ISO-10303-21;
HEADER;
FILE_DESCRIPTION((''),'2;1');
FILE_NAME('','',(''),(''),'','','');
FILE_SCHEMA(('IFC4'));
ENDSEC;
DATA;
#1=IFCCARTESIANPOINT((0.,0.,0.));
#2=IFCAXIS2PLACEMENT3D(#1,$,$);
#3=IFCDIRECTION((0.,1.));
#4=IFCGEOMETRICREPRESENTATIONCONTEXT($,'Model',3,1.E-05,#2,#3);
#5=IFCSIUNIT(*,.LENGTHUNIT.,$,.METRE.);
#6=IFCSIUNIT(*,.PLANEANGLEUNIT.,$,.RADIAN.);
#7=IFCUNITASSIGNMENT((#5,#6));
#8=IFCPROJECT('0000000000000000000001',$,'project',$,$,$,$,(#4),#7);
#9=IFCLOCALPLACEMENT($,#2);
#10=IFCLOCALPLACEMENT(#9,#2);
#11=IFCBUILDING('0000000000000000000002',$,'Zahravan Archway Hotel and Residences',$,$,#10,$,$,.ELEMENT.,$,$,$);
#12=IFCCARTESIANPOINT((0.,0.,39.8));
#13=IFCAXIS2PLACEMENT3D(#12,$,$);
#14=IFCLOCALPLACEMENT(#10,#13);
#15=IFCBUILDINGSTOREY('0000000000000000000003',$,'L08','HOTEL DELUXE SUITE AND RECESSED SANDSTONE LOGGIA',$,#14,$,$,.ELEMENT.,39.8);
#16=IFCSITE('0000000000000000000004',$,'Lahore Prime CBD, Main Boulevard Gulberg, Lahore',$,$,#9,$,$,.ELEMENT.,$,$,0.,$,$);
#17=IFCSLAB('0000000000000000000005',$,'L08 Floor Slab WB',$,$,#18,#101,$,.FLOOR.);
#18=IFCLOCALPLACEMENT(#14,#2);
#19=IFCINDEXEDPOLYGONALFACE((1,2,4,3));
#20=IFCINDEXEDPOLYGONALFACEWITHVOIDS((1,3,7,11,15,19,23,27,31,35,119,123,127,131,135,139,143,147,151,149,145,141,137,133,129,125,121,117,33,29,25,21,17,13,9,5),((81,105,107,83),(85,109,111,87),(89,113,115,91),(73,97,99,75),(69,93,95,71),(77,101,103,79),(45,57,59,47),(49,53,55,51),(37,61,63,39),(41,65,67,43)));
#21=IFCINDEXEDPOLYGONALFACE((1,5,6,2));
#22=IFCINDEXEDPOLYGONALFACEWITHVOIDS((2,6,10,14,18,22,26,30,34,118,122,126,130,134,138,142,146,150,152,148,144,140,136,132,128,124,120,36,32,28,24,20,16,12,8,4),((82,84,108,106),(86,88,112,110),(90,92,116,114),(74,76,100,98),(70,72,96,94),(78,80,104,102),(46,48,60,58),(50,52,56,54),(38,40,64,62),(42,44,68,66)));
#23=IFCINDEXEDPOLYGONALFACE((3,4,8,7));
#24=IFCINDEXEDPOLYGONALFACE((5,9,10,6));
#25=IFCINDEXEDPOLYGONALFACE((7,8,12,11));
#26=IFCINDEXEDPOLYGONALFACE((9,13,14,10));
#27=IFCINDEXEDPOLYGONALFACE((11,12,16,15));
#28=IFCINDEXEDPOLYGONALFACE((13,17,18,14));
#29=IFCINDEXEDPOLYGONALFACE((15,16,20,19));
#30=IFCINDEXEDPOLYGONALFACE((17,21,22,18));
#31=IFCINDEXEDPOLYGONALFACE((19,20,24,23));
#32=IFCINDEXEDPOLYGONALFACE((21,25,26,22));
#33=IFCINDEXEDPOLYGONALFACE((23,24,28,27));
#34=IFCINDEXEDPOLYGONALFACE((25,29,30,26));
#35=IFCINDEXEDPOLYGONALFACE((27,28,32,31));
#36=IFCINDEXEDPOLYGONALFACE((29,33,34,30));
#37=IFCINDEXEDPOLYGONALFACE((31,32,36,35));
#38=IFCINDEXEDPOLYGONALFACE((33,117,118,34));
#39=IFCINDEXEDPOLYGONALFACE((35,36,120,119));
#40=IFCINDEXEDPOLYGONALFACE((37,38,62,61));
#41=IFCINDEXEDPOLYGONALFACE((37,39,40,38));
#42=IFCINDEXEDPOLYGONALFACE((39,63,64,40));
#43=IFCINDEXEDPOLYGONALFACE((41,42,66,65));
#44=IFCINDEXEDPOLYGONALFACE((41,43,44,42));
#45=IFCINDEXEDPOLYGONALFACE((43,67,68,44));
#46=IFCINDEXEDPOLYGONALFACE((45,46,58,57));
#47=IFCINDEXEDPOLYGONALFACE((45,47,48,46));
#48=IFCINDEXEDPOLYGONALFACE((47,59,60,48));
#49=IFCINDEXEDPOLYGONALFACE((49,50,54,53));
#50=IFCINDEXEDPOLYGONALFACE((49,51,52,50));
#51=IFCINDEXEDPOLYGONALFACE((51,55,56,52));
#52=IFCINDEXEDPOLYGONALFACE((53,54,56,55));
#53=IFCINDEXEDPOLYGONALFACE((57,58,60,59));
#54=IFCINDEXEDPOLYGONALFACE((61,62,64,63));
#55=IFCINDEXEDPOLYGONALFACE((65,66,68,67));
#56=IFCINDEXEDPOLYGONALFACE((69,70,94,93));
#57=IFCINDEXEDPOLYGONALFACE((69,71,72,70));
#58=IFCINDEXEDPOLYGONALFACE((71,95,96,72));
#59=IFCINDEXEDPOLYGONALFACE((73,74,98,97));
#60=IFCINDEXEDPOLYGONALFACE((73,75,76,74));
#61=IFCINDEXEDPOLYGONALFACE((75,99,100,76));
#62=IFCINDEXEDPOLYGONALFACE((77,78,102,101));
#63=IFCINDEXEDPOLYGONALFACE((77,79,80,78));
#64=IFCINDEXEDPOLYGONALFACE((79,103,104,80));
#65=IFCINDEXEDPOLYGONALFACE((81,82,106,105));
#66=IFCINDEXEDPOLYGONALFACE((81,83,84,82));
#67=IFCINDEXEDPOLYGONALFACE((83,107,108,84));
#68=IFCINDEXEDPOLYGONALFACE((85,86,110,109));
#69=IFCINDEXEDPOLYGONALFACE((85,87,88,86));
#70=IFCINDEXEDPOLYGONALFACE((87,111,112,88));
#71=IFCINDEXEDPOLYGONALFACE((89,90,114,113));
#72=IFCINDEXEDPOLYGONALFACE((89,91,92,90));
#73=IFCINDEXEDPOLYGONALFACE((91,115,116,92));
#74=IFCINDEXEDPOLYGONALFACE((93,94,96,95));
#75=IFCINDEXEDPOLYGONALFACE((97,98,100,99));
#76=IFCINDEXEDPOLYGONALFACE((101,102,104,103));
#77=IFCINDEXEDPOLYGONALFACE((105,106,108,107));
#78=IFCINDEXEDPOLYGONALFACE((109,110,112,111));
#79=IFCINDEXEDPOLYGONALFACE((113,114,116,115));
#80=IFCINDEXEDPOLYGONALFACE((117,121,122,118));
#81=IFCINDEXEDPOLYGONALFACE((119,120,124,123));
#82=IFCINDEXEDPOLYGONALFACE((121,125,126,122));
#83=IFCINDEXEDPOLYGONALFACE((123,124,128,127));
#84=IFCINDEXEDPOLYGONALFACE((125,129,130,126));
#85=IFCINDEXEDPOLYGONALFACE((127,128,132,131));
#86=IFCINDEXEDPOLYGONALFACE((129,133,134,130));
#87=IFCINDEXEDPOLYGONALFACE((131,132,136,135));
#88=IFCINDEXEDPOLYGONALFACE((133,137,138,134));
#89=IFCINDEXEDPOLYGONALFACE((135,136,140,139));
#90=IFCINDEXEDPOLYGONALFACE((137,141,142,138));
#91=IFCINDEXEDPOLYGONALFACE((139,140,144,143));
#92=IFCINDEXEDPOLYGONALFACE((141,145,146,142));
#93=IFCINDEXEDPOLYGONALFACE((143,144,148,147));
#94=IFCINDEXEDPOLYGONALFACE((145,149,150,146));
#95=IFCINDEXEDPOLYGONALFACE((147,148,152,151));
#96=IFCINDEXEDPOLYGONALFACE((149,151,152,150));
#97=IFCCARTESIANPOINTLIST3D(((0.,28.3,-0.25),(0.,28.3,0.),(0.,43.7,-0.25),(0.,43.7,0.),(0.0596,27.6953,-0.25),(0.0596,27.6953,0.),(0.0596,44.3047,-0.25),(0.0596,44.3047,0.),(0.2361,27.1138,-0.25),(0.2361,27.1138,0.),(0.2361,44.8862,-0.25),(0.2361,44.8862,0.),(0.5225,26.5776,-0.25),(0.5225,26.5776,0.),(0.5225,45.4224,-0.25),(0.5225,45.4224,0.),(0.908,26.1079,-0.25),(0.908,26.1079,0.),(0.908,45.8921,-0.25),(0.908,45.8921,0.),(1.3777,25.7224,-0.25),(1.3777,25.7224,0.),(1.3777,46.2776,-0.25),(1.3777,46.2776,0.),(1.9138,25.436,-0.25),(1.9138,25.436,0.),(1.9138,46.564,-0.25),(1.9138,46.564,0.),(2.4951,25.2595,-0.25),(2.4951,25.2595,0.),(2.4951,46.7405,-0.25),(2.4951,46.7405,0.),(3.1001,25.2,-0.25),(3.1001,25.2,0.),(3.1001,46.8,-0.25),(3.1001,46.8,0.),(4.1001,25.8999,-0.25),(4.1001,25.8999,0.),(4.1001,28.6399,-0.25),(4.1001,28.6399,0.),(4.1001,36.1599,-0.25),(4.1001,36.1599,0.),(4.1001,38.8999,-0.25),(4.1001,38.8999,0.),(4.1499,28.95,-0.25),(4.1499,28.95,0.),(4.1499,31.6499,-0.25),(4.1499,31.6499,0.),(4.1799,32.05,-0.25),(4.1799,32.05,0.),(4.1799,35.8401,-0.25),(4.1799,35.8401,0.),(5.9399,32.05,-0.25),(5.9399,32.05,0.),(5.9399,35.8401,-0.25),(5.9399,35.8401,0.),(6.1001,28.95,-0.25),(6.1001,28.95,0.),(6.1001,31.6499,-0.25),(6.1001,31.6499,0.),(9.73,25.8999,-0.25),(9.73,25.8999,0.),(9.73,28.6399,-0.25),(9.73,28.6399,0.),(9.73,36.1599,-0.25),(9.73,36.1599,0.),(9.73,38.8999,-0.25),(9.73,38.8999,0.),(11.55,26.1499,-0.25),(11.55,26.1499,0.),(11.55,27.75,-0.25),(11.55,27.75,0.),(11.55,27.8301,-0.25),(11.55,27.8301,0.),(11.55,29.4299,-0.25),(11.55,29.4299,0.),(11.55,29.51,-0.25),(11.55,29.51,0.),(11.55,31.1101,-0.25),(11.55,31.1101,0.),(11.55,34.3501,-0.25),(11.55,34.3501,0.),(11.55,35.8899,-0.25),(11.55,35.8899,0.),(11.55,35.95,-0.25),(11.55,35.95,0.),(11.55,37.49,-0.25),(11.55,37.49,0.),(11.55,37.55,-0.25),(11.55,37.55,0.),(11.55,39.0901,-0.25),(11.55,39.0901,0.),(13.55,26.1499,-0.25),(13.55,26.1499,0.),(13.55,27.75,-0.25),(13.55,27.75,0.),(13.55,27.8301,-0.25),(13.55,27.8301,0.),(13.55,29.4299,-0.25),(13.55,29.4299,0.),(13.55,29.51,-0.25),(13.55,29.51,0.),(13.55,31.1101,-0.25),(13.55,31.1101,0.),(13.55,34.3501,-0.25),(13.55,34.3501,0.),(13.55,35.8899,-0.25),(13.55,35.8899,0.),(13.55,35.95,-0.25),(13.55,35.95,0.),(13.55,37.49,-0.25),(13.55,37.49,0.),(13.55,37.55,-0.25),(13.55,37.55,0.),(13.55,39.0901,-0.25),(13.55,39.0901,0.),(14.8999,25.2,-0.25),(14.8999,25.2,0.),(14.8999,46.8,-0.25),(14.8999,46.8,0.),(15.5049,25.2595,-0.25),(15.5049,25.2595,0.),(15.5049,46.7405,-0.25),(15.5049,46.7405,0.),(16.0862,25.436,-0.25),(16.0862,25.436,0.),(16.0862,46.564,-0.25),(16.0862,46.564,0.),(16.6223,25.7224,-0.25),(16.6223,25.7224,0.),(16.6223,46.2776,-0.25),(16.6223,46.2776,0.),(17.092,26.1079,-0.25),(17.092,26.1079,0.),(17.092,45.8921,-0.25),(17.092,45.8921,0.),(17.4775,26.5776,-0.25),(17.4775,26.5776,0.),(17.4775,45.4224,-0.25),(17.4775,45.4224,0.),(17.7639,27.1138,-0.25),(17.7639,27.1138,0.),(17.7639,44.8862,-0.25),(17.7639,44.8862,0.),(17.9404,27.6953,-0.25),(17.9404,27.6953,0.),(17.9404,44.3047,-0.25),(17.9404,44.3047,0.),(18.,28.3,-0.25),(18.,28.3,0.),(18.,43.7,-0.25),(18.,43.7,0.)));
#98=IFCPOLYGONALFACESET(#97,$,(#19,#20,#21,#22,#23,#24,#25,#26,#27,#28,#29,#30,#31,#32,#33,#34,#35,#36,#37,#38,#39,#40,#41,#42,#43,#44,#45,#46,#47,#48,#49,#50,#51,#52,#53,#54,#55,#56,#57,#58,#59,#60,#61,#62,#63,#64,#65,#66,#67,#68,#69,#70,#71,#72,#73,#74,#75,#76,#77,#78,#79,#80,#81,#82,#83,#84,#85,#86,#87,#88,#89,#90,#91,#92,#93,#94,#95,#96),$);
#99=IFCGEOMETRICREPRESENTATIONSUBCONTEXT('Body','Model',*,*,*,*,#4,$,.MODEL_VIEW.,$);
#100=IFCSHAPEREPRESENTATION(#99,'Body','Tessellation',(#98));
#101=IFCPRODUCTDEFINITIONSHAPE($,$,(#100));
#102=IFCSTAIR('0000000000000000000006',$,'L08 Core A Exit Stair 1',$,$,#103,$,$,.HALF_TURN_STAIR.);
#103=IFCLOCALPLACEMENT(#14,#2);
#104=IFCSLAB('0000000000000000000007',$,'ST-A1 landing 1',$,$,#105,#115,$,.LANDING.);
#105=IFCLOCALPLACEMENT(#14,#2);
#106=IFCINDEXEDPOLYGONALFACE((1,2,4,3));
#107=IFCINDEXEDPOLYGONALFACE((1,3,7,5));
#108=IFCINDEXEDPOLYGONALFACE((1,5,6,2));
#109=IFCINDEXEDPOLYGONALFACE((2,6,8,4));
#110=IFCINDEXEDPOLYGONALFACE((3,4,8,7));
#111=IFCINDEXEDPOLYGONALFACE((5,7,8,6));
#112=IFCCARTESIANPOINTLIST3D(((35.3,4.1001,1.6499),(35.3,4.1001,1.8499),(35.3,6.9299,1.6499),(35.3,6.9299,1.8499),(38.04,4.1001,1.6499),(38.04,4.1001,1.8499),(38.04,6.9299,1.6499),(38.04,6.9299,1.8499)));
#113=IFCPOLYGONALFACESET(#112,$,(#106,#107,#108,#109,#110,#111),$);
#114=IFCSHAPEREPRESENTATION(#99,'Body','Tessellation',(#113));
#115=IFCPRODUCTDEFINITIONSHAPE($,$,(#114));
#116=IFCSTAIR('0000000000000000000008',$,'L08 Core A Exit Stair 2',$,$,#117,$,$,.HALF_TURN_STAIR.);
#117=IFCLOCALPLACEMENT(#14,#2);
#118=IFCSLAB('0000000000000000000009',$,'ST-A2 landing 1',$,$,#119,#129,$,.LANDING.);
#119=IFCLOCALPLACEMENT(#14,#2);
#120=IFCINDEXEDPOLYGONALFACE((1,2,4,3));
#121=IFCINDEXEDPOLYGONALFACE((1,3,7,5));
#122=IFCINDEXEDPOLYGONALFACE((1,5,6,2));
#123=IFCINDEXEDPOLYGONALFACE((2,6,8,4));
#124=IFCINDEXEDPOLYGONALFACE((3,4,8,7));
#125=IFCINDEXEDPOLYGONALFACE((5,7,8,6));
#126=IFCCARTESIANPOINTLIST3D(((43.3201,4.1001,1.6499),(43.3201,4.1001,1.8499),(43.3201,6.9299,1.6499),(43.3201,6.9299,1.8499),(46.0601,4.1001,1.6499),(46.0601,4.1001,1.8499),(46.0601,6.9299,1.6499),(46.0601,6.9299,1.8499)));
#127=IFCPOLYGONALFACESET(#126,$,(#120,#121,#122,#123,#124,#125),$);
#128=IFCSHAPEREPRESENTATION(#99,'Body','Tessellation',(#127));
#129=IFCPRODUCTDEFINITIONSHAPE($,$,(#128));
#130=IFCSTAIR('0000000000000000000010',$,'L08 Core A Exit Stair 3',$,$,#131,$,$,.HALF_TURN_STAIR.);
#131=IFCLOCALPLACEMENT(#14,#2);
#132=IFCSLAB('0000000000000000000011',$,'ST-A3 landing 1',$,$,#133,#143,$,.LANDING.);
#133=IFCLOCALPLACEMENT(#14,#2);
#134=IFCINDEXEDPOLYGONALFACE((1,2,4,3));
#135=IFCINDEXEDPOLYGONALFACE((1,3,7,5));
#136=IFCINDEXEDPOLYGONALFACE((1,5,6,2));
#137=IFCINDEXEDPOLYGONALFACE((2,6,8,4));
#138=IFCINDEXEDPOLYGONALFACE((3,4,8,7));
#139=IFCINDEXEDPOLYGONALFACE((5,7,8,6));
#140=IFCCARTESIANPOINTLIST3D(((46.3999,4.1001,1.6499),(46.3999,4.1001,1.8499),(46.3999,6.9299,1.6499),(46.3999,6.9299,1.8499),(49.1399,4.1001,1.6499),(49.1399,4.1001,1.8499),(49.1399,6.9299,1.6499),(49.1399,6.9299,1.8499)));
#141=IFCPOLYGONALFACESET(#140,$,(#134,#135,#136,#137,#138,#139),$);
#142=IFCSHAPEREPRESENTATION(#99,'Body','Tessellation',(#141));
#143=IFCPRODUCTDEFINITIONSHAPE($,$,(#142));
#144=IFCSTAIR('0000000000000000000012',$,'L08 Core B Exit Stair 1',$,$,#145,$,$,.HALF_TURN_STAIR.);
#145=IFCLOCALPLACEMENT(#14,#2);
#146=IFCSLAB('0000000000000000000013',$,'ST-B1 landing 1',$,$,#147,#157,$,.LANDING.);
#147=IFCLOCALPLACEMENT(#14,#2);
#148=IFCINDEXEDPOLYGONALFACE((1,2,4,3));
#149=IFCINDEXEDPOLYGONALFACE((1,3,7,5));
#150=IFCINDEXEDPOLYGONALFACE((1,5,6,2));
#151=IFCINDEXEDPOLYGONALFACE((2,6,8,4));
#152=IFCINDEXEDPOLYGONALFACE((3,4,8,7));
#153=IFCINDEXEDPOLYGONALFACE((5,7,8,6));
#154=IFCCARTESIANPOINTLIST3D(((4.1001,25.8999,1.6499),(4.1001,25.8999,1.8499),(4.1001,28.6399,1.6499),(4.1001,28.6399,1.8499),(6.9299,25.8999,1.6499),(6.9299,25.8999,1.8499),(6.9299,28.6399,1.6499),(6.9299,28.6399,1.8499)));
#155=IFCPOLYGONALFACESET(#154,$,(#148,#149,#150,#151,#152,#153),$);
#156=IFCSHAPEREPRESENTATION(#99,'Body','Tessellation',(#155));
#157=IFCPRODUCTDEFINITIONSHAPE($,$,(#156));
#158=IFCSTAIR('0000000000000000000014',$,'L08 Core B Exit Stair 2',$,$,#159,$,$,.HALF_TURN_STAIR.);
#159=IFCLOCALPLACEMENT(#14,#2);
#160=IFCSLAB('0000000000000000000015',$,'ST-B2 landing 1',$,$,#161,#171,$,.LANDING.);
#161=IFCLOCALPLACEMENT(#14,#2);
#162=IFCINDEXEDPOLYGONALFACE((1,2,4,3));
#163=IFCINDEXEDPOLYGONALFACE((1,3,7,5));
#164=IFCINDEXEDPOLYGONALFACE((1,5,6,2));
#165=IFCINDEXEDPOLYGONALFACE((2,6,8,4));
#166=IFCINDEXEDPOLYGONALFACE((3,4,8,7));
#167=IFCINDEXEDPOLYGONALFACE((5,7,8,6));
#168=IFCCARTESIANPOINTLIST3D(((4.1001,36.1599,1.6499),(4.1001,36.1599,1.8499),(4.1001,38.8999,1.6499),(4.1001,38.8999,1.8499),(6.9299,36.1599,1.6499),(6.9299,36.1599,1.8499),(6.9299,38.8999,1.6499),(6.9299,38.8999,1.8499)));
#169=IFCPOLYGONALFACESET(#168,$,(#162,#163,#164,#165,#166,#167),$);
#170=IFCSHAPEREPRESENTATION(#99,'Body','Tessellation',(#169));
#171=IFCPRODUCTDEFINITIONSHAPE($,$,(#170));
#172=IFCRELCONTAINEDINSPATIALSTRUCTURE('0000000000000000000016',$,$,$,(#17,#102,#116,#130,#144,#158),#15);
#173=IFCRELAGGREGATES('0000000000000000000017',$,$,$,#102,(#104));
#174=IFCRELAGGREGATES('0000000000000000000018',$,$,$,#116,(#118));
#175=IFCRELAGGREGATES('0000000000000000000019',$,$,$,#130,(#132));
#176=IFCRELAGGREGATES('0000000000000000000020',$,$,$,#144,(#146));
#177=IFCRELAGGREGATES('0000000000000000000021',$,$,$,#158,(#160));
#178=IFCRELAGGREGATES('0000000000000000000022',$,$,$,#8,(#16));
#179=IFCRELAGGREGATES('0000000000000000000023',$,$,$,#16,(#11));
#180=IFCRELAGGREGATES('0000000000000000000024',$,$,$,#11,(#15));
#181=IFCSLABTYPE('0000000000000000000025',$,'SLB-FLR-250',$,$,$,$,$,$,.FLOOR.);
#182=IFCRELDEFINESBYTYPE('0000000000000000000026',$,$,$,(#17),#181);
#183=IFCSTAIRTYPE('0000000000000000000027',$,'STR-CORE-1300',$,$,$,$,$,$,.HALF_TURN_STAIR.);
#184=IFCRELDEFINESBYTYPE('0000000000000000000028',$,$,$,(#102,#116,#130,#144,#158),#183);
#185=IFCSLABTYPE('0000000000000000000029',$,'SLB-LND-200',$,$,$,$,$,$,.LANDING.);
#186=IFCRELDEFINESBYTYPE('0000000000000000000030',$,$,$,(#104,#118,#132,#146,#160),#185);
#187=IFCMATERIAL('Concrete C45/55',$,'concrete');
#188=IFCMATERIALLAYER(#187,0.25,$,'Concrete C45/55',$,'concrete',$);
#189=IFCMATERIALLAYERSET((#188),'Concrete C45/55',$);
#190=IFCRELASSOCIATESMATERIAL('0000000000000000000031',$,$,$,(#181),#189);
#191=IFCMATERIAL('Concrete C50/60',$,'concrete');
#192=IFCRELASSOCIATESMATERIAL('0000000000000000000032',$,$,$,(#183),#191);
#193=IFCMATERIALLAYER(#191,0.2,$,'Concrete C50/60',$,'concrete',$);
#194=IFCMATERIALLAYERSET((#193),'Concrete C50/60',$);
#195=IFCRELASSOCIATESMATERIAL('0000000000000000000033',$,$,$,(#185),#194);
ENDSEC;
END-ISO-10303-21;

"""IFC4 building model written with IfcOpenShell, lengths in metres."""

from ifc_helpers import new_model, si_unit, direction, frame, origin, place, context, subcontext, project, spatial, polyline, outline, extrude, material, layer, layer_set, type_object, element, aggregate, save


model = new_model("IFC4")

# Units and contexts
model_context = context("Model", 3, precision=1e-05, world=origin(), true_north=direction((0.0, 1.0)))
body_context = subcontext(model_context, "Body", "Model", "MODEL_VIEW")
ifc_project = project(units=[si_unit("LENGTHUNIT", "METRE"), si_unit("PLANEANGLEUNIT", "RADIAN")], contexts=[model_context])

# Site, building, storey
site_placement = place(None, origin())
site = spatial("IfcSite", under=ifc_project, at=site_placement, Name="Lahore Prime CBD, Main Boulevard Gulberg, Lahore", CompositionType="ELEMENT", RefElevation=0.0)
building_placement = place(site_placement, origin())
building = spatial("IfcBuilding", under=site, at=building_placement, Name="Zahravan Archway Hotel and Residences", CompositionType="ELEMENT")
storey_placement = place(building_placement, frame((0.0, 0.0, 39.8)))
storey = spatial("IfcBuildingStorey", under=building, at=storey_placement, Name="L08", Description="HOTEL DELUXE SUITE AND RECESSED SANDSTONE LOGGIA", CompositionType="ELEMENT", Elevation=39.8)

# Slab
ifc_material_1 = material(Name="Concrete C45/55", Category="concrete")
ifc_layer_1 = layer(ifc_material_1, 0.25, Name="Concrete C45/55", Category="concrete")
ifc_layer_set_1 = layer_set([ifc_layer_1], Name="Concrete C45/55")
slab_type_1 = type_object("IfcSlabType", Name="SLB-FLR-250", PredefinedType="FLOOR", material=ifc_layer_set_1)
slab_1_placement = place(storey_placement, frame((0.0, 0.0, -0.25)))
element("IfcSlab", 1, at=slab_1_placement, inside=storey, type_object=slab_type_1, Name="L08 Floor Slab WB", PredefinedType="FLOOR", context=body_context, shape_type="SweptSolid", body=[
    extrude(outline(polyline([(14.8999, 25.2), (15.5049, 25.2595), (16.0862, 25.436), (16.6223, 25.7224), (17.092, 26.1079), (17.4775, 26.5776), (17.7639, 27.1138), (17.9404, 27.6953), (18.0, 28.3), (18.0, 43.7), (17.9404, 44.3047), (17.7639, 44.8862), (17.4775, 45.4224), (17.092, 45.8921), (16.6223, 46.2776), (16.0862, 46.564), (15.5049, 46.7405), (14.8999, 46.8), (3.1001, 46.8), (2.4951, 46.7405), (1.9138, 46.564), (1.3777, 46.2776), (0.908, 45.8921), (0.5225, 45.4224), (0.2361, 44.8862), (0.0596, 44.3047), (0.0, 43.7), (0.0, 28.3), (0.0596, 27.6953), (0.2361, 27.1138), (0.5225, 26.5776), (0.908, 26.1079), (1.3777, 25.7224), (1.9138, 25.436), (2.4951, 25.2595), (3.1001, 25.2), (14.8999, 25.2)]), holes=[polyline([(9.73, 28.6399), (4.1001, 28.6399), (4.1001, 25.8999), (9.73, 25.8999), (9.73, 28.6399)]), polyline([(9.73, 38.8999), (4.1001, 38.8999), (4.1001, 36.1599), (9.73, 36.1599), (9.73, 38.8999)]), polyline([(4.1499, 28.95), (6.1001, 28.95), (6.1001, 31.6499), (4.1499, 31.6499), (4.1499, 28.95)]), polyline([(11.55, 26.1499), (13.55, 26.1499), (13.55, 27.75), (11.55, 27.75), (11.55, 26.1499)]), polyline([(11.55, 27.8301), (13.55, 27.8301), (13.55, 29.4299), (11.55, 29.4299), (11.55, 27.8301)]), polyline([(11.55, 29.51), (13.55, 29.51), (13.55, 31.1101), (11.55, 31.1101), (11.55, 29.51)]), polyline([(11.55, 34.3501), (13.55, 34.3501), (13.55, 35.8899), (11.55, 35.8899), (11.55, 34.3501)]), polyline([(11.55, 35.95), (13.55, 35.95), (13.55, 37.49), (11.55, 37.49), (11.55, 35.95)]), polyline([(11.55, 37.55), (13.55, 37.55), (13.55, 39.0901), (11.55, 39.0901), (11.55, 37.55)]), polyline([(4.1799, 32.05), (5.9399, 32.05), (5.9399, 35.8401), (4.1799, 35.8401), (4.1799, 32.05)])]), origin(), (0.0, 0.0, 1.0), 0.25),
])

# Stairs, slabs
ifc_material_2 = material(Name="Concrete C50/60", Category="concrete")
stair_type = type_object("IfcStairType", Name="STR-CORE-1300", PredefinedType="HALF_TURN_STAIR", material=ifc_material_2)
stair_1_placement = place(storey_placement, origin())
stair_1 = element("IfcStair", 2, at=stair_1_placement, inside=storey, type_object=stair_type, Name="L08 Core A Exit Stair 1", PredefinedType="HALF_TURN_STAIR")
ifc_layer_2 = layer(ifc_material_2, 0.2, Name="Concrete C50/60", Category="concrete")
ifc_layer_set_2 = layer_set([ifc_layer_2], Name="Concrete C50/60")
slab_type_2 = type_object("IfcSlabType", Name="SLB-LND-200", PredefinedType="LANDING", material=ifc_layer_set_2)
slab_2_placement = place(storey_placement, frame((0.0, 0.0, 1.6499)))
slab_2 = element("IfcSlab", 3, at=slab_2_placement, type_object=slab_type_2, Name="ST-A1 landing 1", PredefinedType="LANDING", context=body_context, shape_type="SweptSolid", body=[
    extrude(outline(polyline([(35.3, 6.9299), (35.3, 4.1001), (38.04, 4.1001), (38.04, 6.9299), (35.3, 6.9299)])), origin(), (0.0, 0.0, 1.0), 0.2),
])
aggregate(stair_1, [slab_2])
stair_2_placement = place(storey_placement, origin())
stair_2 = element("IfcStair", 4, at=stair_2_placement, inside=storey, type_object=stair_type, Name="L08 Core A Exit Stair 2", PredefinedType="HALF_TURN_STAIR")
slab_3_placement = place(storey_placement, frame((0.0, 0.0, 1.6499)))
slab_3 = element("IfcSlab", 5, at=slab_3_placement, type_object=slab_type_2, Name="ST-A2 landing 1", PredefinedType="LANDING", context=body_context, shape_type="SweptSolid", body=[
    extrude(outline(polyline([(43.3201, 6.9299), (43.3201, 4.1001), (46.0601, 4.1001), (46.0601, 6.9299), (43.3201, 6.9299)])), origin(), (0.0, 0.0, 1.0), 0.2),
])
aggregate(stair_2, [slab_3])
stair_3_placement = place(storey_placement, origin())
stair_3 = element("IfcStair", 6, at=stair_3_placement, inside=storey, type_object=stair_type, Name="L08 Core A Exit Stair 3", PredefinedType="HALF_TURN_STAIR")
slab_4_placement = place(storey_placement, frame((0.0, 0.0, 1.6499)))
slab_4 = element("IfcSlab", 7, at=slab_4_placement, type_object=slab_type_2, Name="ST-A3 landing 1", PredefinedType="LANDING", context=body_context, shape_type="SweptSolid", body=[
    extrude(outline(polyline([(46.3999, 6.9299), (46.3999, 4.1001), (49.1399, 4.1001), (49.1399, 6.9299), (46.3999, 6.9299)])), origin(), (0.0, 0.0, 1.0), 0.2),
])
aggregate(stair_3, [slab_4])
stair_4_placement = place(storey_placement, origin())
stair_4 = element("IfcStair", 8, at=stair_4_placement, inside=storey, type_object=stair_type, Name="L08 Core B Exit Stair 1", PredefinedType="HALF_TURN_STAIR")
slab_5_placement = place(storey_placement, frame((0.0, 0.0, 1.6499)))
slab_5 = element("IfcSlab", 9, at=slab_5_placement, type_object=slab_type_2, Name="ST-B1 landing 1", PredefinedType="LANDING", context=body_context, shape_type="SweptSolid", body=[
    extrude(outline(polyline([(6.9299, 28.6399), (4.1001, 28.6399), (4.1001, 25.8999), (6.9299, 25.8999), (6.9299, 28.6399)])), origin(), (0.0, 0.0, 1.0), 0.2),
])
aggregate(stair_4, [slab_5])
stair_5_placement = place(storey_placement, origin())
stair_5 = element("IfcStair", 10, at=stair_5_placement, inside=storey, type_object=stair_type, Name="L08 Core B Exit Stair 2", PredefinedType="HALF_TURN_STAIR")
slab_6_placement = place(storey_placement, frame((0.0, 0.0, 1.6499)))
slab_6 = element("IfcSlab", 11, at=slab_6_placement, type_object=slab_type_2, Name="ST-B2 landing 1", PredefinedType="LANDING", context=body_context, shape_type="SweptSolid", body=[
    extrude(outline(polyline([(6.9299, 38.8999), (4.1001, 38.8999), (4.1001, 36.1599), (6.9299, 36.1599), (6.9299, 38.8999)])), origin(), (0.0, 0.0, 1.0), 0.2),
])
aggregate(stair_5, [slab_6])

save(model, "model.ifc")
